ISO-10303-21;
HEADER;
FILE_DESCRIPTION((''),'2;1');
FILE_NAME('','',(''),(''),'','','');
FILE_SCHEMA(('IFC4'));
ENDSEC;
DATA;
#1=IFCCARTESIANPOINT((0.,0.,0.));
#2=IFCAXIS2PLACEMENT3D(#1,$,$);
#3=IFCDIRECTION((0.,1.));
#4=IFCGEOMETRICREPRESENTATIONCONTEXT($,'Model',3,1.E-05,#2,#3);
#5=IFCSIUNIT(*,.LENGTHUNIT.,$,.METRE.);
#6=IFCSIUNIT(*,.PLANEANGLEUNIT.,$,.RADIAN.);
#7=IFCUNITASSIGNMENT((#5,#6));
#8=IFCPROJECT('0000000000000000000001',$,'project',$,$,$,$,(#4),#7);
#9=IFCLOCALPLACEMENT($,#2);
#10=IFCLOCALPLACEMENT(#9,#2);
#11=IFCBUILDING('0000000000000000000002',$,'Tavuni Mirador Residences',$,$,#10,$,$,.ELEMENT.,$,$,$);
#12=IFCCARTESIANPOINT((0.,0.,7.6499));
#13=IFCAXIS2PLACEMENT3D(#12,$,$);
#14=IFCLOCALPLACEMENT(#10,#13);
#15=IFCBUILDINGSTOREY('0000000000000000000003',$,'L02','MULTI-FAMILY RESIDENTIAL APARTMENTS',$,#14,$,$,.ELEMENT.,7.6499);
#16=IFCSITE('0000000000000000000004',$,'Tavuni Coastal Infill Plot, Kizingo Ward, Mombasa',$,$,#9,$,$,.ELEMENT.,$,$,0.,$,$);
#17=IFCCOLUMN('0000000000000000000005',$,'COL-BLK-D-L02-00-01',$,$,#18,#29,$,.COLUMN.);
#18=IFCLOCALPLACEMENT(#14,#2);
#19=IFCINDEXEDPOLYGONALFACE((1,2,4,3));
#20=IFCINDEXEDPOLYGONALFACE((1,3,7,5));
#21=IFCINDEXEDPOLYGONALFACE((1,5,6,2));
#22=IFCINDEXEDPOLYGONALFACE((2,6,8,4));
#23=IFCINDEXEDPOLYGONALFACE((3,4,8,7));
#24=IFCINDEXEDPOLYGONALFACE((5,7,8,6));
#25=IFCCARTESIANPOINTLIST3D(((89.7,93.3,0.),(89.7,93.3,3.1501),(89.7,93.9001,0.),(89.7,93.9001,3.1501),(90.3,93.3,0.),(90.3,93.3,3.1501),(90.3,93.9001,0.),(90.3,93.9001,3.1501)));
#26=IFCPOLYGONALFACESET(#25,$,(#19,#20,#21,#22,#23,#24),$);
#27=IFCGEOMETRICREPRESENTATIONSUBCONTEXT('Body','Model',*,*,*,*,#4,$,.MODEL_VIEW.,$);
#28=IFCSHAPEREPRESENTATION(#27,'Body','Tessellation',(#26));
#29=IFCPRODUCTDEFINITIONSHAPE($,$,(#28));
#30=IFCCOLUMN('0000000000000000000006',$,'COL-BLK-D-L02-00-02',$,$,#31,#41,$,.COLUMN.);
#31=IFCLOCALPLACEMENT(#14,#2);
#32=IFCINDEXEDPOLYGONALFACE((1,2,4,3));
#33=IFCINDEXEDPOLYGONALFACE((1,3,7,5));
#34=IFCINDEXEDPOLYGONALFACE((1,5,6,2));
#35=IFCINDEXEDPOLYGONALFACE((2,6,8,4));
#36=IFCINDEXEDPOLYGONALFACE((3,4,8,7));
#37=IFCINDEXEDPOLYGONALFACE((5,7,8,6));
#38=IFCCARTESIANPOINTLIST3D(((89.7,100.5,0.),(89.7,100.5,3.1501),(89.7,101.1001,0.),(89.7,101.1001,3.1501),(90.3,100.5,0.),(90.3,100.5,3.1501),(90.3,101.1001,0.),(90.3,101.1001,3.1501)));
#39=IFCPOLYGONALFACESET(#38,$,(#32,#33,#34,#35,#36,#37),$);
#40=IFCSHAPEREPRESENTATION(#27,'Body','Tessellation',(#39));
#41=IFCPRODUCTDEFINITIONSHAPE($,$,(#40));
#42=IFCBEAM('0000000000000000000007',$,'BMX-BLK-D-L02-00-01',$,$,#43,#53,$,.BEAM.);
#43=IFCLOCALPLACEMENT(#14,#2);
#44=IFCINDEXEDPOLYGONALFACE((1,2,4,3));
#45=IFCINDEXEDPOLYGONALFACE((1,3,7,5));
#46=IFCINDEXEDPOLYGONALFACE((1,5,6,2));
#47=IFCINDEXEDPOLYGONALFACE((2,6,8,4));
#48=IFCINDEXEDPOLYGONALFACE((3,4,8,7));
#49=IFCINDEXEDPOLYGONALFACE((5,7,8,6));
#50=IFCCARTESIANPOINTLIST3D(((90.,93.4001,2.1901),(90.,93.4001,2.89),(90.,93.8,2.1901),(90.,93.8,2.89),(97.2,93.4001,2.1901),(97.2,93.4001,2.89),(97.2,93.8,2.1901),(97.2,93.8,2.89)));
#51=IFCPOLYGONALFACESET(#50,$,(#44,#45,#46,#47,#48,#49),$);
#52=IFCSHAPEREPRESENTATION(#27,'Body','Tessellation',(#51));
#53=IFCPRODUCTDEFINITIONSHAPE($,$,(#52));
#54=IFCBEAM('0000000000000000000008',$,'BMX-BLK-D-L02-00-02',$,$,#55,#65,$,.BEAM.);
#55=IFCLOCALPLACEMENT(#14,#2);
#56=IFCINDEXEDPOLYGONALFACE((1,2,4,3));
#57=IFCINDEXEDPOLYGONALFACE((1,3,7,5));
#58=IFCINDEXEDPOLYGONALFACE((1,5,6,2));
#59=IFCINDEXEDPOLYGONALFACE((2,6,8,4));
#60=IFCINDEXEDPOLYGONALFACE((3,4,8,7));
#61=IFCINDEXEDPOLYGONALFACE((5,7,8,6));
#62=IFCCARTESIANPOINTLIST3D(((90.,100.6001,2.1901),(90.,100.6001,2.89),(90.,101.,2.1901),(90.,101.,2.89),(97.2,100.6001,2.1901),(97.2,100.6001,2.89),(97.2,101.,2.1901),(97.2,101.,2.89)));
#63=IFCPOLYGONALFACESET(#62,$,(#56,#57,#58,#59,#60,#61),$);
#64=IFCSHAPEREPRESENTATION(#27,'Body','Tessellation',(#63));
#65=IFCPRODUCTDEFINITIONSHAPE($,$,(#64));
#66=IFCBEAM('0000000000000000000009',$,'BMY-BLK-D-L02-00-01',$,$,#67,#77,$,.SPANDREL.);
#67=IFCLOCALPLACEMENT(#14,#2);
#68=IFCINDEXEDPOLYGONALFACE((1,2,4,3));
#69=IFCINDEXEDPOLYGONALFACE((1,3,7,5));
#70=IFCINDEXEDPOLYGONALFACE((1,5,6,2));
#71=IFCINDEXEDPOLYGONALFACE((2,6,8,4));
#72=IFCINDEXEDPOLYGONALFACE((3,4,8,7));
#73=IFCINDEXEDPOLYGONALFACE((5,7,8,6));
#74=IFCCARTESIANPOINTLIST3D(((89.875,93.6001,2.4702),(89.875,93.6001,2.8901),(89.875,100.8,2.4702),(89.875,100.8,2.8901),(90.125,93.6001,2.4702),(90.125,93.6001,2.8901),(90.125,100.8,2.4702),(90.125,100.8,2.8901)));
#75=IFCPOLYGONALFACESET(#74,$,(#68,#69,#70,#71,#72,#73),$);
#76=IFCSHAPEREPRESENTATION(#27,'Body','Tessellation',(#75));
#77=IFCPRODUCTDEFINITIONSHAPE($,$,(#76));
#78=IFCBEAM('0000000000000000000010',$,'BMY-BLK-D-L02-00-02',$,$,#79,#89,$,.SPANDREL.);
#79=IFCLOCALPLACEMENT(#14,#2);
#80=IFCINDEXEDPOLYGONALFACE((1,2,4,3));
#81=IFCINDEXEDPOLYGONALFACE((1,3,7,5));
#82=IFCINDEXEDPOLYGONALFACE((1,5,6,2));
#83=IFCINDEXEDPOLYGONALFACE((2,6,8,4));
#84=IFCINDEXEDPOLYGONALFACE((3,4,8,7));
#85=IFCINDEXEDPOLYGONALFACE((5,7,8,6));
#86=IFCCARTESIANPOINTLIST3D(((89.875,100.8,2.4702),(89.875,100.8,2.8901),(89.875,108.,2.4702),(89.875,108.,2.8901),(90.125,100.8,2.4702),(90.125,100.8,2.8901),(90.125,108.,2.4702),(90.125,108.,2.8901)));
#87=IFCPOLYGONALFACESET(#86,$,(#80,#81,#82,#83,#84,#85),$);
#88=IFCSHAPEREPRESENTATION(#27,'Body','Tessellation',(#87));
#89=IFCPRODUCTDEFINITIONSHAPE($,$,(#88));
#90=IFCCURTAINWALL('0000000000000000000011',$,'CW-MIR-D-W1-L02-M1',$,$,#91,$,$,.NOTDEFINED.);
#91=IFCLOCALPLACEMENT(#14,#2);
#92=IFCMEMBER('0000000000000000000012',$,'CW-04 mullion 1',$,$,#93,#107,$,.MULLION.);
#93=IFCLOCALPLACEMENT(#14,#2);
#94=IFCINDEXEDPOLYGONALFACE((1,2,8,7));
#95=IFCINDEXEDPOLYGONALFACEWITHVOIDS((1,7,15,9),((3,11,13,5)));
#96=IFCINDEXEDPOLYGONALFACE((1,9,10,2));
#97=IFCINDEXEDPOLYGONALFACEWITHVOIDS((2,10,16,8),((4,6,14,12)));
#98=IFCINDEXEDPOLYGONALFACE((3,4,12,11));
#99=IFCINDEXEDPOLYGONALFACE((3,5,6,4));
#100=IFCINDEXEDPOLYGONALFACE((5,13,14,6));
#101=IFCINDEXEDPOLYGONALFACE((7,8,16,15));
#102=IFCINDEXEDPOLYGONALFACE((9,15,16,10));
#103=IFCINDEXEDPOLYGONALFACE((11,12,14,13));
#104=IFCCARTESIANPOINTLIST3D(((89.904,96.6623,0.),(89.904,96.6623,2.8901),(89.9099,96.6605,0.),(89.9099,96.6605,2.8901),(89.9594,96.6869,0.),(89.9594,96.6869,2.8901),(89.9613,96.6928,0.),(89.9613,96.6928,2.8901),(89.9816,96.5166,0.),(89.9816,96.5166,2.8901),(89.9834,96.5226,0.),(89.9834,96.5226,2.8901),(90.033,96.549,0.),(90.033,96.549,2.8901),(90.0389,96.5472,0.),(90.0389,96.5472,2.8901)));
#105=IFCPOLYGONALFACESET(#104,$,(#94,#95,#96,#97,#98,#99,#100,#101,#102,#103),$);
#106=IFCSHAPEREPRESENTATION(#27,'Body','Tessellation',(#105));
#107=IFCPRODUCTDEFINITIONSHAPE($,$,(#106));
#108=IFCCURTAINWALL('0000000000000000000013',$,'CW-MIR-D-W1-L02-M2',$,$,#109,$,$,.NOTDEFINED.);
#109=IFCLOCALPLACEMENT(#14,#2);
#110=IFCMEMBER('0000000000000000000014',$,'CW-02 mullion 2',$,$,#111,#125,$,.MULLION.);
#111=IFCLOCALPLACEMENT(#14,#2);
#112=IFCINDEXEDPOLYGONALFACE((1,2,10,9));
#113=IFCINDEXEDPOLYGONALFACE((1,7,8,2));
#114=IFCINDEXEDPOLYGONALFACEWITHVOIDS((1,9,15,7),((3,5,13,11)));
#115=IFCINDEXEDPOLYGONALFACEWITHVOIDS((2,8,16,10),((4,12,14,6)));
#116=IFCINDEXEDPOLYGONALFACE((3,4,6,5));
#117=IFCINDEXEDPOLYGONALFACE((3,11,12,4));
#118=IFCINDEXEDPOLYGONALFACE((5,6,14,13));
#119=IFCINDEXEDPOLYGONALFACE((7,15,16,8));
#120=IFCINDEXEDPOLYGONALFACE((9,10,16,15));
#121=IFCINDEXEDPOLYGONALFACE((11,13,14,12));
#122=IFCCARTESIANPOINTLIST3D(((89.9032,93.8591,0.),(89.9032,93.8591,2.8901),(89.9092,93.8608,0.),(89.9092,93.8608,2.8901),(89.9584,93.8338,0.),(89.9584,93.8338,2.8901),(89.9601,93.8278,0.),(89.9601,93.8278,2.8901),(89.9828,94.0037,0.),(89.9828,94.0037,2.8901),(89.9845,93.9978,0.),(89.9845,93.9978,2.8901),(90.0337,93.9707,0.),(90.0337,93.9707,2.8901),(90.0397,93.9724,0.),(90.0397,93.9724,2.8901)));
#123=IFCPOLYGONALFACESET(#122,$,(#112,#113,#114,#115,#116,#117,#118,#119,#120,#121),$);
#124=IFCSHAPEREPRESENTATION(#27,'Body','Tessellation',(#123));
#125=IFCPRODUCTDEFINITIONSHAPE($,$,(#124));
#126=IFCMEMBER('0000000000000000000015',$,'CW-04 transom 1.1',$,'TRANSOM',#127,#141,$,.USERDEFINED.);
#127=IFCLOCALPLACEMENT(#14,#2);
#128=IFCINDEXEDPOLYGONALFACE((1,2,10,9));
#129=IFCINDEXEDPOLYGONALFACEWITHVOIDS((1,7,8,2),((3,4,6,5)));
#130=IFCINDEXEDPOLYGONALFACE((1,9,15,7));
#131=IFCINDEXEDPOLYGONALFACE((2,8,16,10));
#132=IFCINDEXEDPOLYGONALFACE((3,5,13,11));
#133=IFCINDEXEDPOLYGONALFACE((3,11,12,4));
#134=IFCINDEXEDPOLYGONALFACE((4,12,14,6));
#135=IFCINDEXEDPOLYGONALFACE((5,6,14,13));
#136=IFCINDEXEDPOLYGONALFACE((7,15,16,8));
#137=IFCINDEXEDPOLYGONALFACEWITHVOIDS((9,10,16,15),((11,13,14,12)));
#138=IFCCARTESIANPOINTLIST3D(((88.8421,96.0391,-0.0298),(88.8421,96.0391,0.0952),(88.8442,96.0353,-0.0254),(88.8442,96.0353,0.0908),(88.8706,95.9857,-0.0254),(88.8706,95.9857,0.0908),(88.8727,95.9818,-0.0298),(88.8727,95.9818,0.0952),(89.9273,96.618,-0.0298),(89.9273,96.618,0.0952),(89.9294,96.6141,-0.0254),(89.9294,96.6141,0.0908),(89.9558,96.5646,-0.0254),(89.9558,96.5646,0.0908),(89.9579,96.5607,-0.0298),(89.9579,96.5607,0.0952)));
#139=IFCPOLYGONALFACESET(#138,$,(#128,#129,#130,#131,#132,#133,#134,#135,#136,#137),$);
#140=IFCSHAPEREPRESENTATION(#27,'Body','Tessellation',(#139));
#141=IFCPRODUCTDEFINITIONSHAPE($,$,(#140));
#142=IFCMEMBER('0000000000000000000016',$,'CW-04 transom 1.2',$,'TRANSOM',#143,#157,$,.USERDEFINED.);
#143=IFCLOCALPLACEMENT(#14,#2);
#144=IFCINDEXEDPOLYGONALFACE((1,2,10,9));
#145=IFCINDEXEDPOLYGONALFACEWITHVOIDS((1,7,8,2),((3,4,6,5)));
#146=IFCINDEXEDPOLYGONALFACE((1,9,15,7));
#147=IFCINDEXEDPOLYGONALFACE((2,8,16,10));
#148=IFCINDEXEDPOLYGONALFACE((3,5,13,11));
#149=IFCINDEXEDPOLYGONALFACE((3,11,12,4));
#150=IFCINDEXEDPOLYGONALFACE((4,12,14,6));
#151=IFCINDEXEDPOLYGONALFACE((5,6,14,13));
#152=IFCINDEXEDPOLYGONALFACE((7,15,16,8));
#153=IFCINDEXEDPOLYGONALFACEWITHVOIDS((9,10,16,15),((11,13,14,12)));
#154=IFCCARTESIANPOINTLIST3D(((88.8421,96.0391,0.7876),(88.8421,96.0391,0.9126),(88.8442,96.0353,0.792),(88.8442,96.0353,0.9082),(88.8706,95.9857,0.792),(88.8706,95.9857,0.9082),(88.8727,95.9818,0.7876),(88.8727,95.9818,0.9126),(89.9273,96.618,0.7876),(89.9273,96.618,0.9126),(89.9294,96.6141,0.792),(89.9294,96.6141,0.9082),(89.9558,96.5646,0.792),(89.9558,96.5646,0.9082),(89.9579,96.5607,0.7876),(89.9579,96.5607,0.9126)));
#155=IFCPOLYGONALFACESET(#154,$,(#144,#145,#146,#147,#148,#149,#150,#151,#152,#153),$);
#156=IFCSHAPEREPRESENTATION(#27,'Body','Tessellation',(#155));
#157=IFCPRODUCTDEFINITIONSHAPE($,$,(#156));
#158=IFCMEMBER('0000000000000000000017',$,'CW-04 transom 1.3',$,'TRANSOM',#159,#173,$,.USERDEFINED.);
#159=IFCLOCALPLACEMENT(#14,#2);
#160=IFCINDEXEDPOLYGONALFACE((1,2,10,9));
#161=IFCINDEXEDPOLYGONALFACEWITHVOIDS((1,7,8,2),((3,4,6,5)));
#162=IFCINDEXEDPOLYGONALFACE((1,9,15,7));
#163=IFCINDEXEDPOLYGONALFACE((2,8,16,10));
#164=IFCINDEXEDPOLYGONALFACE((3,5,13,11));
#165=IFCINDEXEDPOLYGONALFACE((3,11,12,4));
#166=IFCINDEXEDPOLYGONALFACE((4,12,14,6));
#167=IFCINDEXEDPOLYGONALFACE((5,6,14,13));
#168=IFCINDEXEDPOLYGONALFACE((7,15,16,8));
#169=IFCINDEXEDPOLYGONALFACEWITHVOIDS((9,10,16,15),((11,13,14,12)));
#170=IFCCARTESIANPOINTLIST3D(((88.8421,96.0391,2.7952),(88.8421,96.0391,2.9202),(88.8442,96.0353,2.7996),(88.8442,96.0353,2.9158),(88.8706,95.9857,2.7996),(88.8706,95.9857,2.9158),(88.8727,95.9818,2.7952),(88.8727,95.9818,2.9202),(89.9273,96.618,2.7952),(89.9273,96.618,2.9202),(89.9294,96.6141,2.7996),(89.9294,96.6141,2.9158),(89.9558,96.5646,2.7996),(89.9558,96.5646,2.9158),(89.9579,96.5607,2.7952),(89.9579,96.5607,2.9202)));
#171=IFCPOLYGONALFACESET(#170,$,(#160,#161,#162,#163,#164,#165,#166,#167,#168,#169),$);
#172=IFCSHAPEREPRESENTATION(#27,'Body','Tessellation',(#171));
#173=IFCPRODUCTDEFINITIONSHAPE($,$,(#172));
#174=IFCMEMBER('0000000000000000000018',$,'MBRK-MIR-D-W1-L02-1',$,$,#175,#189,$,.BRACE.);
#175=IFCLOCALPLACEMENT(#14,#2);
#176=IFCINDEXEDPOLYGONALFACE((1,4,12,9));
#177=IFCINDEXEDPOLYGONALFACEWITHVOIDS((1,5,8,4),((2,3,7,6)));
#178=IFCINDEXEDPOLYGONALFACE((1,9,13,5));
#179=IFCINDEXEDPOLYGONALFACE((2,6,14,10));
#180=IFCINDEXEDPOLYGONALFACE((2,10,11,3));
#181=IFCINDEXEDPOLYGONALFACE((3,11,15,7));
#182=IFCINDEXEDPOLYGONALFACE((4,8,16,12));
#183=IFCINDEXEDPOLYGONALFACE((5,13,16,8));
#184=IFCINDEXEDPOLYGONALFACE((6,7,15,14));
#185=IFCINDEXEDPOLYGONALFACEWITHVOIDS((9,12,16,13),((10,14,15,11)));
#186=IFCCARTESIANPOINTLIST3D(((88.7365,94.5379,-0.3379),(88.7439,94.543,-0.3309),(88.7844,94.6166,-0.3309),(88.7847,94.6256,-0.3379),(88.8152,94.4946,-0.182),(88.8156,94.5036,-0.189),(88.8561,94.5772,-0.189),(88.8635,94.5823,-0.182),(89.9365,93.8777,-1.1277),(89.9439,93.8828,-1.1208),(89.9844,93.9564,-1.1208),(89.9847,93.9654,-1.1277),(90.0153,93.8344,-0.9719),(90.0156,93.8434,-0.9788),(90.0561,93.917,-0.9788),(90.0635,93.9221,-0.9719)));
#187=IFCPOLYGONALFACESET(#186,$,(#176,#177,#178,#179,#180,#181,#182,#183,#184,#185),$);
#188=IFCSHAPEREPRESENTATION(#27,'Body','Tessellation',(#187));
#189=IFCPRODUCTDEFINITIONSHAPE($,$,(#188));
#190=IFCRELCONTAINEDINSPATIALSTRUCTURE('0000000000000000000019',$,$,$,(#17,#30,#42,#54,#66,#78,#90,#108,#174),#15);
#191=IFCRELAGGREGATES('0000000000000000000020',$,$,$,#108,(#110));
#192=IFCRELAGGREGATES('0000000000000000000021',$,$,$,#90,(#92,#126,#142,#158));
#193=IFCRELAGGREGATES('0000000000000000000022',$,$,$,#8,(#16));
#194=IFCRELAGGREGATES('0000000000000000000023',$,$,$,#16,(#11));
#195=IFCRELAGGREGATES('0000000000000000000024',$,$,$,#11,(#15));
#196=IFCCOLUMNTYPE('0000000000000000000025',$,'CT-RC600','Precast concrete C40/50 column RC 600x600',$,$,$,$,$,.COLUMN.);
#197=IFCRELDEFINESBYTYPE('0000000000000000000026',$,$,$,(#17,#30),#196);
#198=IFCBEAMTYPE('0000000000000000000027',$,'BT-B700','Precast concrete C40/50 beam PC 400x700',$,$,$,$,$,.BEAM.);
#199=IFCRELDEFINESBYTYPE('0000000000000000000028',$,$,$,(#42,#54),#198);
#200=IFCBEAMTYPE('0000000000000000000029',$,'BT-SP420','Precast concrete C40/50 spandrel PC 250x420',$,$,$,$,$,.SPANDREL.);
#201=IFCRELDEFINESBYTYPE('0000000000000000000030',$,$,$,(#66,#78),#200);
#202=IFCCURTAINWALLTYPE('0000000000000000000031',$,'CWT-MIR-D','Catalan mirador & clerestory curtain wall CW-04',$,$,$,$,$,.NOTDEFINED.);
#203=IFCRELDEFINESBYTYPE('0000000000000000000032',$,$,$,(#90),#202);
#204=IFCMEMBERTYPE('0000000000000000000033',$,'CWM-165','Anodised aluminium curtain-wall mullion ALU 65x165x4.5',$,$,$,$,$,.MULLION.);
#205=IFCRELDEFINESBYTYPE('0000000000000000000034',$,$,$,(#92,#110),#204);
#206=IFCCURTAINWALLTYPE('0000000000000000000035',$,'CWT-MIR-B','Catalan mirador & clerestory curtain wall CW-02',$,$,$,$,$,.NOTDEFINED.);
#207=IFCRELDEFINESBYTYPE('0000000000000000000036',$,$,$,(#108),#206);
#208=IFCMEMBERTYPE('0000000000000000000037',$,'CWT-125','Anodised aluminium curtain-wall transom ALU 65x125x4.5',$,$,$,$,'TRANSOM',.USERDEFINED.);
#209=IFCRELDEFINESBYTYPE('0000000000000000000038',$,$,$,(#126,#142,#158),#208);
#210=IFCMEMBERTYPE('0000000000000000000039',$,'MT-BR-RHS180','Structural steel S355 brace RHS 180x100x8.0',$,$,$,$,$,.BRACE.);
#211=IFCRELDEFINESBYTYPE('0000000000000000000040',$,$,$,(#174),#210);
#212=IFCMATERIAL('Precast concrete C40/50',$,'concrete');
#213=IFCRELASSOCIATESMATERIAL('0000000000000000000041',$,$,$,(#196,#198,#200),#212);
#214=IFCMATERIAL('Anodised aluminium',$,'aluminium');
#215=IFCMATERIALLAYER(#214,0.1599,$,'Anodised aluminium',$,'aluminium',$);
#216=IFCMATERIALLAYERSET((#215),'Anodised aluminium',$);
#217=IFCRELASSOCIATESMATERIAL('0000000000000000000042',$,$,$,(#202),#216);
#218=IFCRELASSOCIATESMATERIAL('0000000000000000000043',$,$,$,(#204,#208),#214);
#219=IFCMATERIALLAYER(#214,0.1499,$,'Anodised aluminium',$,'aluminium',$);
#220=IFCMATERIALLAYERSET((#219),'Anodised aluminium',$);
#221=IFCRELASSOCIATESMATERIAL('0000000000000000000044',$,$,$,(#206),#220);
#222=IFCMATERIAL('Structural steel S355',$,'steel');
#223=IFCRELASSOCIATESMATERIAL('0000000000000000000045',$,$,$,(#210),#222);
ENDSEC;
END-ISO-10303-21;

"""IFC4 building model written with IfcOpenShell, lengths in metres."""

from ifc_helpers import new_model, si_unit, direction, frame, origin, origin_2d, place, context, subcontext, project, spatial, rectangle, hollow_rectangle, extrude, material, layer, layer_set, material_profile, profile_set, type_object, element, aggregate, save


model = new_model("IFC4")

# Units and contexts
model_context = context("Model", 3, precision=1e-05, world=origin(), true_north=direction((0.0, 1.0)))
body_context = subcontext(model_context, "Body", "Model", "MODEL_VIEW")
ifc_project = project(units=[si_unit("LENGTHUNIT", "METRE"), si_unit("PLANEANGLEUNIT", "RADIAN")], contexts=[model_context])

# Site, building, storey
site_placement = place(None, origin())
site = spatial("IfcSite", under=ifc_project, at=site_placement, Name="Tavuni Coastal Infill Plot, Kizingo Ward, Mombasa", CompositionType="ELEMENT", RefElevation=0.0)
building_placement = place(site_placement, origin())
building = spatial("IfcBuilding", under=site, at=building_placement, Name="Tavuni Mirador Residences", CompositionType="ELEMENT")
storey_placement = place(building_placement, frame((0.0, 0.0, 7.6499)))
storey = spatial("IfcBuildingStorey", under=building, at=storey_placement, Name="L02", Description="MULTI-FAMILY RESIDENTIAL APARTMENTS", CompositionType="ELEMENT", Elevation=7.6499)

# Columns
ifc_material_1 = material(Name="Precast concrete C40/50", Category="concrete")
ifc_material_profile_1 = material_profile(ifc_material_1, rectangle(XDim=0.6001, YDim=0.6001, at=origin_2d()), Name="RC 600x600", Category="concrete")
ifc_profile_set_1 = profile_set([ifc_material_profile_1], Name="Precast concrete C40/50")
column_type = type_object("IfcColumnType", Name="CT-RC600", Description="Precast concrete C40/50 column RC 600x600", PredefinedType="COLUMN", material=ifc_profile_set_1)
for number, where, z_axis, x_axis, name in (
    (1, (90.0, 93.6001, 0.0), (0.0, 0.0, 1.0), (1.0, 0.0, 0.0), "COL-BLK-D-L02-00-01"),
    (2, (90.0, 100.8, 0.0), (0.0, 0.0, 1.0), (1.0, 0.0, 0.0), "COL-BLK-D-L02-00-02"),
):
    element("IfcColumn", number, at=place(storey_placement, frame(where, z_axis=z_axis, x_axis=x_axis)), inside=storey, type_object=column_type, Name=name, PredefinedType="COLUMN", context=body_context, shape_type="SweptSolid", body=[
        extrude(rectangle(XDim=0.6001, YDim=0.6001, at=origin_2d()), origin(), (0.0, 0.0, 1.0), 3.1501),
    ])

# Beams
ifc_material_profile_2 = material_profile(ifc_material_1, rectangle(XDim=0.3999, YDim=0.7, at=origin_2d()), Name="PC 400x700", Category="concrete")
ifc_profile_set_2 = profile_set([ifc_material_profile_2], Name="Precast concrete C40/50")
beam_type_1 = type_object("IfcBeamType", Name="BT-B700", Description="Precast concrete C40/50 beam PC 400x700", PredefinedType="BEAM", material=ifc_profile_set_2)
for number, where, z_axis, x_axis, name in (
    (3, (90.0, 93.6001, 2.54), (1.0, 0.0, 0.0), (0.0, 1.0, 0.0), "BMX-BLK-D-L02-00-01"),
    (4, (90.0, 100.8, 2.54), (1.0, 0.0, 0.0), (0.0, 1.0, 0.0), "BMX-BLK-D-L02-00-02"),
):
    element("IfcBeam", number, at=place(storey_placement, frame(where, z_axis=z_axis, x_axis=x_axis)), inside=storey, type_object=beam_type_1, Name=name, PredefinedType="BEAM", context=body_context, shape_type="SweptSolid", body=[
        extrude(rectangle(XDim=0.3999, YDim=0.7, at=origin_2d()), origin(), (0.0, 0.0, 1.0), 7.2),
    ])
ifc_material_profile_3 = material_profile(ifc_material_1, rectangle(XDim=0.25, YDim=0.4199, at=origin_2d()), Name="PC 250x420", Category="concrete")
ifc_profile_set_3 = profile_set([ifc_material_profile_3], Name="Precast concrete C40/50")
beam_type_2 = type_object("IfcBeamType", Name="BT-SP420", Description="Precast concrete C40/50 spandrel PC 250x420", PredefinedType="SPANDREL", material=ifc_profile_set_3)
for number, where, z_axis, x_axis, name in (
    (5, (90.0, 93.6001, 2.6802), (0.0, 1.0, 0.0), (-1.0, 0.0, 0.0), "BMY-BLK-D-L02-00-01"),
    (6, (90.0, 100.8, 2.6802), (0.0, 1.0, 0.0), (-1.0, 0.0, 0.0), "BMY-BLK-D-L02-00-02"),
):
    element("IfcBeam", number, at=place(storey_placement, frame(where, z_axis=z_axis, x_axis=x_axis)), inside=storey, type_object=beam_type_2, Name=name, PredefinedType="SPANDREL", context=body_context, shape_type="SweptSolid", body=[
        extrude(rectangle(XDim=0.25, YDim=0.4199, at=origin_2d()), origin(), (0.0, 0.0, 1.0), 7.2),
    ])

# Curtain walls, members
ifc_material_2 = material(Name="Anodised aluminium", Category="aluminium")
ifc_layer_1 = layer(ifc_material_2, 0.1599, Name="Anodised aluminium", Category="aluminium")
ifc_layer_set_1 = layer_set([ifc_layer_1], Name="Anodised aluminium")
curtain_wall_type_1 = type_object("IfcCurtainWallType", Name="CWT-MIR-D", Description="Catalan mirador & clerestory curtain wall CW-04", PredefinedType="NOTDEFINED", material=ifc_layer_set_1)
curtain_wall_1_placement = place(storey_placement, origin())
curtain_wall_1 = element("IfcCurtainWall", 7, at=curtain_wall_1_placement, inside=storey, type_object=curtain_wall_type_1, Name="CW-MIR-D-W1-L02-M1", PredefinedType="NOTDEFINED")
ifc_material_profile_4 = material_profile(ifc_material_2, hollow_rectangle(XDim=0.0649, YDim=0.165, WallThickness=0.0044, at=origin_2d()), Name="ALU 65x165x4.5", Category="aluminium")
ifc_profile_set_4 = profile_set([ifc_material_profile_4], Name="Anodised aluminium")
member_type_1 = type_object("IfcMemberType", Name="CWM-165", Description="Anodised aluminium curtain-wall mullion ALU 65x165x4.5", PredefinedType="MULLION", material=ifc_profile_set_4)
member_1_placement = place(storey_placement, frame((89.9714, 96.6047, 0.0), z_axis=(0.0, 0.0, 1.0), x_axis=(-0.882353, -0.470588, 0.0)))
member_1 = element("IfcMember", 8, at=member_1_placement, type_object=member_type_1, Name="CW-04 mullion 1", PredefinedType="MULLION", context=body_context, shape_type="SweptSolid", body=[
    extrude(hollow_rectangle(XDim=0.0649, YDim=0.165, WallThickness=0.0044, at=origin_2d()), origin(), (0.0, 0.0, 1.0), 2.8901),
])
ifc_layer_2 = layer(ifc_material_2, 0.1499, Name="Anodised aluminium", Category="aluminium")
ifc_layer_set_2 = layer_set([ifc_layer_2], Name="Anodised aluminium")
curtain_wall_type_2 = type_object("IfcCurtainWallType", Name="CWT-MIR-B", Description="Catalan mirador & clerestory curtain wall CW-02", PredefinedType="NOTDEFINED", material=ifc_layer_set_2)
curtain_wall_2_placement = place(storey_placement, origin())
curtain_wall_2 = element("IfcCurtainWall", 9, at=curtain_wall_2_placement, inside=storey, type_object=curtain_wall_type_2, Name="CW-MIR-D-W1-L02-M2", PredefinedType="NOTDEFINED")
member_2_placement = place(storey_placement, frame((89.9714, 93.9158, 0.0), z_axis=(0.0, 0.0, 1.0), x_axis=(0.876216, -0.481919, 0.0)))
member_2 = element("IfcMember", 10, at=member_2_placement, type_object=member_type_1, Name="CW-02 mullion 2", PredefinedType="MULLION", context=body_context, shape_type="SweptSolid", body=[
    extrude(hollow_rectangle(XDim=0.0649, YDim=0.165, WallThickness=0.0044, at=origin_2d()), origin(), (0.0, 0.0, 1.0), 2.8901),
])
aggregate(curtain_wall_2, [member_2])

# Members
ifc_material_profile_5 = material_profile(ifc_material_2, hollow_rectangle(XDim=0.0649, YDim=0.125, WallThickness=0.0044, at=origin_2d()), Name="ALU 65x125x4.5", Category="aluminium")
ifc_profile_set_5 = profile_set([ifc_material_profile_5], Name="Anodised aluminium")
member_type_2 = type_object("IfcMemberType", Name="CWT-125", Description="Anodised aluminium curtain-wall transom ALU 65x125x4.5", ElementType="TRANSOM", PredefinedType="USERDEFINED", material=ifc_profile_set_5)
member_3_placement = place(storey_placement, frame((89.9426, 96.5894, 0.0327), z_axis=(-0.882325, -0.47064, 0.0), x_axis=(0.47064, -0.882325, 0.0)))
member_3 = element("IfcMember", 11, at=member_3_placement, type_object=member_type_2, Name="CW-04 transom 1.1", ObjectType="TRANSOM", PredefinedType="USERDEFINED", context=body_context, shape_type="SweptSolid", body=[
    extrude(hollow_rectangle(XDim=0.0649, YDim=0.125, WallThickness=0.0044, at=origin_2d()), origin(), (0.0, 0.0, 1.0), 1.23),
])
member_4_placement = place(storey_placement, frame((89.9426, 96.5894, 0.8501), z_axis=(-0.882325, -0.47064, 0.0), x_axis=(0.47064, -0.882325, 0.0)))
member_4 = element("IfcMember", 12, at=member_4_placement, type_object=member_type_2, Name="CW-04 transom 1.2", ObjectType="TRANSOM", PredefinedType="USERDEFINED", context=body_context, shape_type="SweptSolid", body=[
    extrude(hollow_rectangle(XDim=0.0649, YDim=0.125, WallThickness=0.0044, at=origin_2d()), origin(), (0.0, 0.0, 1.0), 1.23),
])
member_5_placement = place(storey_placement, frame((89.9426, 96.5894, 2.8577), z_axis=(-0.882325, -0.47064, 0.0), x_axis=(0.47064, -0.882325, 0.0)))
member_5 = element("IfcMember", 13, at=member_5_placement, type_object=member_type_2, Name="CW-04 transom 1.3", ObjectType="TRANSOM", PredefinedType="USERDEFINED", context=body_context, shape_type="SweptSolid", body=[
    extrude(hollow_rectangle(XDim=0.0649, YDim=0.125, WallThickness=0.0044, at=origin_2d()), origin(), (0.0, 0.0, 1.0), 1.23),
])

# Member
ifc_material_3 = material(Name="Structural steel S355", Category="steel")
ifc_material_profile_6 = material_profile(ifc_material_3, hollow_rectangle(XDim=0.1001, YDim=0.1799, WallThickness=0.0081, at=origin_2d()), Name="RHS 180x100x8.0", Category="steel")
ifc_profile_set_6 = profile_set([ifc_material_profile_6], Name="Structural steel S355")
member_type_3 = type_object("IfcMemberType", Name="MT-BR-RHS180", Description="Structural steel S355 brace RHS 180x100x8.0", PredefinedType="BRACE", material=ifc_profile_set_6)
member_6_placement = place(storey_placement, frame((90.0, 93.8999, -1.0498), z_axis=(-0.758997, 0.417564, 0.499564), x_axis=(-0.482021, -0.876159, 0.0)))
element("IfcMember", 14, at=member_6_placement, inside=storey, type_object=member_type_3, Name="MBRK-MIR-D-W1-L02-1", PredefinedType="BRACE", context=body_context, shape_type="SweptSolid", body=[
    extrude(hollow_rectangle(XDim=0.1001, YDim=0.1799, WallThickness=0.0081, at=origin_2d()), origin(), (0.0, 0.0, 1.0), 1.5811),
])

aggregate(curtain_wall_1, [member_1, member_3, member_4, member_5])

save(model, "model.ifc")
